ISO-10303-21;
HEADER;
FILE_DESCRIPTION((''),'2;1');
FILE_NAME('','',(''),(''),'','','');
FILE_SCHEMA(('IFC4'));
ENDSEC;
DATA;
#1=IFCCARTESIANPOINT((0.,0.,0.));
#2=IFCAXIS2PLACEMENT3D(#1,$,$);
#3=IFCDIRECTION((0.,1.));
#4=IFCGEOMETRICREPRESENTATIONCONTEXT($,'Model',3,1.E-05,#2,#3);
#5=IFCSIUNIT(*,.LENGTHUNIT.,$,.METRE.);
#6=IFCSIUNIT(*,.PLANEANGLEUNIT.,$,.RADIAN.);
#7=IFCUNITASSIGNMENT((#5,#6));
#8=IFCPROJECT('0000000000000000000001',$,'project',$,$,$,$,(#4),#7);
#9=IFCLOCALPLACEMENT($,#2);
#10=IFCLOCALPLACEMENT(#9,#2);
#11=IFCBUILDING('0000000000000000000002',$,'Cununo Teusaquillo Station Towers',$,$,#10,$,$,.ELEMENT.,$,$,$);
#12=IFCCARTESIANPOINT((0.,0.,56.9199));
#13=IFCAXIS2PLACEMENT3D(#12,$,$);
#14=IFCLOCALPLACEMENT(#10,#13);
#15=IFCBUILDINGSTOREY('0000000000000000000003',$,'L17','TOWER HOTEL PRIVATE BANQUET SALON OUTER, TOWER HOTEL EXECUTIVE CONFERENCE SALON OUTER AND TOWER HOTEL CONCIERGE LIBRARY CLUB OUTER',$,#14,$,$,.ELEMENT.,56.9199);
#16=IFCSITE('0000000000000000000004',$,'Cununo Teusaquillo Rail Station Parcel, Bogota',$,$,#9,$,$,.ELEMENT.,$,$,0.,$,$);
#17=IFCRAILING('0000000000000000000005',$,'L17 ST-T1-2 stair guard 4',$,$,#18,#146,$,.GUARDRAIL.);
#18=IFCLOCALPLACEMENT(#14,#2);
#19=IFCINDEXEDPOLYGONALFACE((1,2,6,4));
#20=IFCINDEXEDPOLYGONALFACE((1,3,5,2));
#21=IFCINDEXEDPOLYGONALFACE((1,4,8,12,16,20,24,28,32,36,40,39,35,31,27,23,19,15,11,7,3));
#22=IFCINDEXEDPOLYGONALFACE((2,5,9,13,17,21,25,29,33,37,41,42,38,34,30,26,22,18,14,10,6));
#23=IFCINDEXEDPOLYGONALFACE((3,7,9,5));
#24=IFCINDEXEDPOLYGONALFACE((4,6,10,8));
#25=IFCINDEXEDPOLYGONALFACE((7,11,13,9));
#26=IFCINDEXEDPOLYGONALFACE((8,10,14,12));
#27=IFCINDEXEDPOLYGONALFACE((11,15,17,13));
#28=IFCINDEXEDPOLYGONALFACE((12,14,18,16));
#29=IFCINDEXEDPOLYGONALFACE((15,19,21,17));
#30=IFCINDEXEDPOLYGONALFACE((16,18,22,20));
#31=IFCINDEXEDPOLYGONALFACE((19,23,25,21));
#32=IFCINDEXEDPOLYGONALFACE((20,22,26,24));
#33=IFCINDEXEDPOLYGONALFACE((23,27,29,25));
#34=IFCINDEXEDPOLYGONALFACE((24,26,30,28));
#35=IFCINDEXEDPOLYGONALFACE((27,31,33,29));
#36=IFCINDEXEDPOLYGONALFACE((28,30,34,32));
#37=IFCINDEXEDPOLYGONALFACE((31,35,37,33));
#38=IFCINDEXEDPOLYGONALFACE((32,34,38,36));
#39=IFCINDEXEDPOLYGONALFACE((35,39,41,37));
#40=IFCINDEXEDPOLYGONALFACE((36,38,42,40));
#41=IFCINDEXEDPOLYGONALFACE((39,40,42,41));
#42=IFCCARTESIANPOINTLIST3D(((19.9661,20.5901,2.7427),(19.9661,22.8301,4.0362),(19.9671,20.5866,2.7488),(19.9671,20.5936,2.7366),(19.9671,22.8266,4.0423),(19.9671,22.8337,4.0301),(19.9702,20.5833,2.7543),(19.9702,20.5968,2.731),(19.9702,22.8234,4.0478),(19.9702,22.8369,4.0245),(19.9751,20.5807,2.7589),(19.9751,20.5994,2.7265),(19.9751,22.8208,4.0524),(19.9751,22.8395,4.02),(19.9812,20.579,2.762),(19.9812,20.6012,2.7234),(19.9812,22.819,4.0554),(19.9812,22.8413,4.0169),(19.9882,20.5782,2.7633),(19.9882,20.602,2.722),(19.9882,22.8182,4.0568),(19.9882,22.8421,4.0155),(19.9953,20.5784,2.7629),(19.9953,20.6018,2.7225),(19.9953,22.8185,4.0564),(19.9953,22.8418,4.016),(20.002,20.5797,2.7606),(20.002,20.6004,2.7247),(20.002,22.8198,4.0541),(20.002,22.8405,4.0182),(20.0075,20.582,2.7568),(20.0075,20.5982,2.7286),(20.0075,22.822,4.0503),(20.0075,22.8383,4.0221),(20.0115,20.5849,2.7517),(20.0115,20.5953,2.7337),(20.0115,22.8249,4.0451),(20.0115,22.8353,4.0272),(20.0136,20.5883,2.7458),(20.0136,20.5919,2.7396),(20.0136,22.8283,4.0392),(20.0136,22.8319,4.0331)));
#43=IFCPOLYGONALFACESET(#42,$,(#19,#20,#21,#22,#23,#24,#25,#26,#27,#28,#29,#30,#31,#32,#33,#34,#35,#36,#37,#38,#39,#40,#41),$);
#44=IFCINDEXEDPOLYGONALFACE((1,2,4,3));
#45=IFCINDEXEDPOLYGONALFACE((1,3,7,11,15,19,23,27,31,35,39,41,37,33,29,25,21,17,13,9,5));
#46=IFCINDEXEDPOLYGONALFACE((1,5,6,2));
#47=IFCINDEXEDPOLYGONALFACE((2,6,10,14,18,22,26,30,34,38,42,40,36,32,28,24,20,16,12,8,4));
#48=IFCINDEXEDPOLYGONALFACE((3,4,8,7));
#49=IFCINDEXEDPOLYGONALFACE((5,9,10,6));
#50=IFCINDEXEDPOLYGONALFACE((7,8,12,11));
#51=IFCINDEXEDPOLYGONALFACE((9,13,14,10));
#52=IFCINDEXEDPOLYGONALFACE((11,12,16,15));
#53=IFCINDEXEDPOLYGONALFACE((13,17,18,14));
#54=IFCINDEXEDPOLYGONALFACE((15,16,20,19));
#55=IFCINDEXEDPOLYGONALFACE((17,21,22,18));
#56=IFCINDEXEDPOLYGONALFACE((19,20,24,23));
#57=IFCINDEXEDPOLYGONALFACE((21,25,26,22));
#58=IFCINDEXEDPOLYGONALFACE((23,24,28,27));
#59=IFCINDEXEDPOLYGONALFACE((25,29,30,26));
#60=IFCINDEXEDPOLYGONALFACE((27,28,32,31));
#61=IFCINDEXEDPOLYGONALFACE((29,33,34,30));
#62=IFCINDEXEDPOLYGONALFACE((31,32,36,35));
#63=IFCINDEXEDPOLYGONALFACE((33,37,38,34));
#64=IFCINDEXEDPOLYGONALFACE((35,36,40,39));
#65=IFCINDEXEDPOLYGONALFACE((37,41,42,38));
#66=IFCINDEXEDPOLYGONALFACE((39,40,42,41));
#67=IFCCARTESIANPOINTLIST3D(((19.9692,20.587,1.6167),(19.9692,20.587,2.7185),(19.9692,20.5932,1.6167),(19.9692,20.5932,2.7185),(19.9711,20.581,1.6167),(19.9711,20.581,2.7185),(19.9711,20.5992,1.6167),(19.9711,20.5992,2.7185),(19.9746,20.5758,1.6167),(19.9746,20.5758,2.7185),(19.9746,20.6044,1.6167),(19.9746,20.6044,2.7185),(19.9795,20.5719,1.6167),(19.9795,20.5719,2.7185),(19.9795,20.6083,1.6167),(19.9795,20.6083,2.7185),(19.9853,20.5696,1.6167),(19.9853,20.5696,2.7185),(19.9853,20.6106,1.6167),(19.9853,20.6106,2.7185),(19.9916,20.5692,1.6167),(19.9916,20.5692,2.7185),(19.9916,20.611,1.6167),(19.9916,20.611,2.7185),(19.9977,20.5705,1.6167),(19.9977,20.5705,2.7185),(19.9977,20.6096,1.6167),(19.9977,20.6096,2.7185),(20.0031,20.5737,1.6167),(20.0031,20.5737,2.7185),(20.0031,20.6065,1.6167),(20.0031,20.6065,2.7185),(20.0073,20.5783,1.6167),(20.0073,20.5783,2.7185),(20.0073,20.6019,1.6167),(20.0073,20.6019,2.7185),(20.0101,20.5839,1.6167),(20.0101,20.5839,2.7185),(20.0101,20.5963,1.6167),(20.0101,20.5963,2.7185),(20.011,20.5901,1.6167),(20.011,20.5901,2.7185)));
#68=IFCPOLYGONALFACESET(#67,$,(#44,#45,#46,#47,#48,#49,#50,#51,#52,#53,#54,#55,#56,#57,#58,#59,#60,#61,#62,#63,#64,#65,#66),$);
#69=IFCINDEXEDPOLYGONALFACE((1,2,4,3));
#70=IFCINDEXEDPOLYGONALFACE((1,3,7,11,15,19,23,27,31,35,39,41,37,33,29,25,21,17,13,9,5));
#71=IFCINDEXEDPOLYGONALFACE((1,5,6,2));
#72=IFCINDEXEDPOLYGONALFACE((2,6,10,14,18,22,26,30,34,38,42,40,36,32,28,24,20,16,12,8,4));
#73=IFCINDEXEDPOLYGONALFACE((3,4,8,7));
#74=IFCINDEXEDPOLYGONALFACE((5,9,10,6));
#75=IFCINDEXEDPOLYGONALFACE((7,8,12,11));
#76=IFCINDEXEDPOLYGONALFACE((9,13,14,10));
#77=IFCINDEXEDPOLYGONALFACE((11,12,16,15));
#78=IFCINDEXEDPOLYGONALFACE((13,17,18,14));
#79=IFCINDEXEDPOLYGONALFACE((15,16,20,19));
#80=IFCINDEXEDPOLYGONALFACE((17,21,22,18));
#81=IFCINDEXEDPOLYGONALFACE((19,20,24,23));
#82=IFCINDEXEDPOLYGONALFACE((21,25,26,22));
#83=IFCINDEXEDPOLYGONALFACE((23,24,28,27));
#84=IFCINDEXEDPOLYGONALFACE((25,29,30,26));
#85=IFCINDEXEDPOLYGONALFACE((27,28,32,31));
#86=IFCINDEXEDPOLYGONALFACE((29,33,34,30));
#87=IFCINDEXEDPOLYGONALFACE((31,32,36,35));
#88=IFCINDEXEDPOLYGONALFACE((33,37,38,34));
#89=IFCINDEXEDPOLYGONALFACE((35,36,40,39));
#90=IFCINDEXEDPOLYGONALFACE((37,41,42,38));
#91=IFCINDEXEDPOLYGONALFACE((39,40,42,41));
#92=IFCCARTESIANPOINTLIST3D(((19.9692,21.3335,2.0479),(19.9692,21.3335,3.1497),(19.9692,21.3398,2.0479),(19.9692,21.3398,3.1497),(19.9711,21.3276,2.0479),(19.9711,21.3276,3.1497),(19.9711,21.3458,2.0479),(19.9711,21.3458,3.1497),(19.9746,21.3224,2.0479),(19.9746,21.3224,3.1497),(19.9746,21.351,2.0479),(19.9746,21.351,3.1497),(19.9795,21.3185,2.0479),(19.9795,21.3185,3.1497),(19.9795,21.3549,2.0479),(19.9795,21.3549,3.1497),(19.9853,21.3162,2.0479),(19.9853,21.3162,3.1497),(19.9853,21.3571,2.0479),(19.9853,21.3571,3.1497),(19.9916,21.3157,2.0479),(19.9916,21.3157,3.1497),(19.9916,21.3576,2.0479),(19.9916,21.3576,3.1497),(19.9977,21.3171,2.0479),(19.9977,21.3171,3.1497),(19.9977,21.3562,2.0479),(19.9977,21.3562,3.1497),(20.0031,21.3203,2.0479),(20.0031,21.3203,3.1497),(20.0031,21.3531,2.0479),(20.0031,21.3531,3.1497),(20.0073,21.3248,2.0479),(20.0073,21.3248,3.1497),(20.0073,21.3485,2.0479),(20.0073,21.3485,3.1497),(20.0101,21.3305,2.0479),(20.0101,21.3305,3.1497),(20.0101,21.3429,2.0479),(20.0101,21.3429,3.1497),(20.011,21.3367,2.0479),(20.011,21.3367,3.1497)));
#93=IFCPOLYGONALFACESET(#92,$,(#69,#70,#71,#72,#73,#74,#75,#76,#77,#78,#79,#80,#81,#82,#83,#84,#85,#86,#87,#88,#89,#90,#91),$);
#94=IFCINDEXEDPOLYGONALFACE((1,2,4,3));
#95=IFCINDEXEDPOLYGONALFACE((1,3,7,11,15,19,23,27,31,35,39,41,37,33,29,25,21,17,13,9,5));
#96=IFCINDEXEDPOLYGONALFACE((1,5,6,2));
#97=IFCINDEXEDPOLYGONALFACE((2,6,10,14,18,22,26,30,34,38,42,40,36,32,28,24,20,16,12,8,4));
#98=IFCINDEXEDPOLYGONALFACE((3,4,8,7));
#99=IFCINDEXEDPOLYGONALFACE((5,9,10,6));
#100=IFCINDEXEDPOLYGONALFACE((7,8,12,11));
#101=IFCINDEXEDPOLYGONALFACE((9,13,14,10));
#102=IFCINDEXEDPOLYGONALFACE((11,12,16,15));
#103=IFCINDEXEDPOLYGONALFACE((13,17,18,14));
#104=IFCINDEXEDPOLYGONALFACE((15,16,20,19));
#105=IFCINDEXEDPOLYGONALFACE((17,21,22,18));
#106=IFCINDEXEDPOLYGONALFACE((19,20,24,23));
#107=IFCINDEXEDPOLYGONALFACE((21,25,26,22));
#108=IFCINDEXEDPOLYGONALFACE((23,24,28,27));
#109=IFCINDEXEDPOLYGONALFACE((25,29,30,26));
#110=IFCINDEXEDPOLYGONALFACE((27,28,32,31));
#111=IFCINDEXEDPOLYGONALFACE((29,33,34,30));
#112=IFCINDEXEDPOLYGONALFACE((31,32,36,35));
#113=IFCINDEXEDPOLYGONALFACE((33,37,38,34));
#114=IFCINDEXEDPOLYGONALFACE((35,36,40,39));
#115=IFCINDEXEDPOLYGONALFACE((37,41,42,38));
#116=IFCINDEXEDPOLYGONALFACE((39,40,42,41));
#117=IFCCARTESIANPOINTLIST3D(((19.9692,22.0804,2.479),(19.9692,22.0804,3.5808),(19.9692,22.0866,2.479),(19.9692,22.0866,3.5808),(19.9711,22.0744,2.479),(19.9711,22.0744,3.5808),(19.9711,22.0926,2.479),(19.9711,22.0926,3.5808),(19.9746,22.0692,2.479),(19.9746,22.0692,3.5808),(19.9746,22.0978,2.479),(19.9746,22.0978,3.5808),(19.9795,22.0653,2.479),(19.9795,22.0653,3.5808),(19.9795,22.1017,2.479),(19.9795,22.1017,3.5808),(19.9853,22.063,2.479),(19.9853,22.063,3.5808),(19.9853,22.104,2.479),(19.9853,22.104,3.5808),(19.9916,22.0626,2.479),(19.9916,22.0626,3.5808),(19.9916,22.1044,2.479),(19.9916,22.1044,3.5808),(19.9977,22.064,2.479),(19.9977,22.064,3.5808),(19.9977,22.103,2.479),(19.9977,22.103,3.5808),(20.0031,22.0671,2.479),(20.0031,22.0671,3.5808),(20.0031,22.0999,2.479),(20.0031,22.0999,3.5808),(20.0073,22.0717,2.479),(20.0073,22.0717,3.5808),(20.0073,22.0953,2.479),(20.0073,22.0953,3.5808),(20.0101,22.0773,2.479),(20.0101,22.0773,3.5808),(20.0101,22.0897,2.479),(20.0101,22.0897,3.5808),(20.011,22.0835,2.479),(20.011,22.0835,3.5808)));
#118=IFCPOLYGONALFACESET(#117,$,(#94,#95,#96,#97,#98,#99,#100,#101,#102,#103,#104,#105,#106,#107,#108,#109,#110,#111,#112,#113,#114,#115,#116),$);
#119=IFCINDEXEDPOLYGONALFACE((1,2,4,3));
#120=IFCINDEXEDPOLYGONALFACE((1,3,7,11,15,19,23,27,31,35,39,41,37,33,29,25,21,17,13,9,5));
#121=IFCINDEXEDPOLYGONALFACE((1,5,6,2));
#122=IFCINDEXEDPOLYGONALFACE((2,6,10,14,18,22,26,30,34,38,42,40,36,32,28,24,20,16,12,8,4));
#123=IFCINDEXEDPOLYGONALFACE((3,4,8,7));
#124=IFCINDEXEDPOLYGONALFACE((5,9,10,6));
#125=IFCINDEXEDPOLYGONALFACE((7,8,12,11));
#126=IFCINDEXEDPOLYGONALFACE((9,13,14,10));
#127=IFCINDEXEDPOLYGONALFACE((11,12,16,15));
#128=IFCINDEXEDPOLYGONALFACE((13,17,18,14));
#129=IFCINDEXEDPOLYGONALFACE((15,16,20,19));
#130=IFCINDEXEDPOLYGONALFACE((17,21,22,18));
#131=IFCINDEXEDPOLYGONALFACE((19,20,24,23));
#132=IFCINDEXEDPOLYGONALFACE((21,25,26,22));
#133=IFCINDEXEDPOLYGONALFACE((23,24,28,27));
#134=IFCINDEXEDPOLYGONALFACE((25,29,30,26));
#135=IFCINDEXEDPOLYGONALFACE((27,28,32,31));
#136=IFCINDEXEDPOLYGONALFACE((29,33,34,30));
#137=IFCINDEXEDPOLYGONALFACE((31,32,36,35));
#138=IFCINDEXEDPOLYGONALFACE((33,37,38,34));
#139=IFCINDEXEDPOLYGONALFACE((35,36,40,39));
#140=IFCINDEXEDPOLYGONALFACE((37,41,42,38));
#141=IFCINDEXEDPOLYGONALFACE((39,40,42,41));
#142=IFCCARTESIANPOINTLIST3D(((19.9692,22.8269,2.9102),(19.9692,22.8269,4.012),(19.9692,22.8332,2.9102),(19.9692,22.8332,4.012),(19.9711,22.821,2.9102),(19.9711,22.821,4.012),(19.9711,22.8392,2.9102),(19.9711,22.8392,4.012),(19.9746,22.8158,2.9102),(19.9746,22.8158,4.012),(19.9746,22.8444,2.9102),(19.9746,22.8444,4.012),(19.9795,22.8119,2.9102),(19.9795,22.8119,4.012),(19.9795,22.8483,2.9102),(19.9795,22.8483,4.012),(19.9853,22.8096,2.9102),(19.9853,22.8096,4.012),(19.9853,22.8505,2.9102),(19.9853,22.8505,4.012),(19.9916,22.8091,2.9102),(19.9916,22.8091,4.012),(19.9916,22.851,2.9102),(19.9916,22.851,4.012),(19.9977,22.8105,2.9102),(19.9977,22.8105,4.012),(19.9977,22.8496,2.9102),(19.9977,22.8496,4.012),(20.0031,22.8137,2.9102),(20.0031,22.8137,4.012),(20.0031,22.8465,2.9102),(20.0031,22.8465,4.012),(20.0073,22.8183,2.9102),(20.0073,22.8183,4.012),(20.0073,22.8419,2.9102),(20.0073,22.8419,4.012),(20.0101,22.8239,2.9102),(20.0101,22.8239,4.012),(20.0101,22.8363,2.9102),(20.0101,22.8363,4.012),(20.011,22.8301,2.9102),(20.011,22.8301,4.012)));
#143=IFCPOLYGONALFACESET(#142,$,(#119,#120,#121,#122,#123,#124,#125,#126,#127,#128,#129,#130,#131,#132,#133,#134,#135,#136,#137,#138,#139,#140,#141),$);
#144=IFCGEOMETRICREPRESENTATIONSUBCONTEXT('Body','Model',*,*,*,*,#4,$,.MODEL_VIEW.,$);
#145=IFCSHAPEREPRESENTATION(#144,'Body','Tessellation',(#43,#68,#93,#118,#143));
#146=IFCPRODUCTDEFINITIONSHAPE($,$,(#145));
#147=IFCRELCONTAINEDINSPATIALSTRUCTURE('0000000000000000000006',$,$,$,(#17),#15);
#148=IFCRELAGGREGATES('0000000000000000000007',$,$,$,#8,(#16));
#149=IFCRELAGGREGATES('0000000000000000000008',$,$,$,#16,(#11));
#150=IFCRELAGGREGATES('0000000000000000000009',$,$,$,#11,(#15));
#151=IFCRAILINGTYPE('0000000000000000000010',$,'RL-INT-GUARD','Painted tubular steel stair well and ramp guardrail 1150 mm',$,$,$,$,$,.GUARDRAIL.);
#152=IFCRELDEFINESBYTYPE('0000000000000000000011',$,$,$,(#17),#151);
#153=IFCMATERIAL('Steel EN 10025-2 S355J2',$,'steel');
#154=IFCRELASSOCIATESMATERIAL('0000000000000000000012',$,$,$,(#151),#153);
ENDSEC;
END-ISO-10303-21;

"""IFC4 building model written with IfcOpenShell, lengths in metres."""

from ifc_helpers import new_model, si_unit, direction, frame, origin, origin_2d, place, context, subcontext, project, spatial, circle, extrude, material, type_object, element, save


model = new_model("IFC4")

# Units and contexts
model_context = context("Model", 3, precision=1e-05, world=origin(), true_north=direction((0.0, 1.0)))
body_context = subcontext(model_context, "Body", "Model", "MODEL_VIEW")
ifc_project = project(units=[si_unit("LENGTHUNIT", "METRE"), si_unit("PLANEANGLEUNIT", "RADIAN")], contexts=[model_context])

# Site, building, storey
site_placement = place(None, origin())
site = spatial("IfcSite", under=ifc_project, at=site_placement, Name="Cununo Teusaquillo Rail Station Parcel, Bogota", CompositionType="ELEMENT", RefElevation=0.0)
building_placement = place(site_placement, origin())
building = spatial("IfcBuilding", under=site, at=building_placement, Name="Cununo Teusaquillo Station Towers", CompositionType="ELEMENT")
storey_placement = place(building_placement, frame((0.0, 0.0, 56.9199)))
storey = spatial("IfcBuildingStorey", under=building, at=storey_placement, Name="L17", Description="TOWER HOTEL PRIVATE BANQUET SALON OUTER, TOWER HOTEL EXECUTIVE CONFERENCE SALON OUTER AND TOWER HOTEL CONCIERGE LIBRARY CLUB OUTER", CompositionType="ELEMENT", Elevation=56.9199)

# Railing
ifc_material_1 = material(Name="Steel EN 10025-2 S355J2", Category="steel")
railing_type_1 = type_object("IfcRailingType", Name="RL-INT-GUARD", Description="Painted tubular steel stair well and ramp guardrail 1150 mm", PredefinedType="GUARDRAIL", material=ifc_material_1)
railing_1_placement = place(storey_placement, frame((19.99, 20.5901, 1.6167)))
element("IfcRailing", 1, at=railing_1_placement, inside=storey, type_object=railing_type_1, Name="L17 ST-T1-2 stair guard 4", PredefinedType="GUARDRAIL", context=body_context, shape_type="SweptSolid", body=[
    extrude(circle(Radius=0.0239, at=origin_2d()), frame((0.0, 0.0, 1.126), z_axis=(0.0, 0.865992, 0.500057), x_axis=(-1.0, 0.0, 0.0)), (0.0, 0.0, 1.0), 2.5867),
    extrude(circle(Radius=0.021, at=origin_2d()), origin(), (0.0, 0.0, 1.0), 1.1018),
    extrude(circle(Radius=0.021, at=origin_2d()), frame((0.0, 0.7466, 0.4312)), (0.0, 0.0, 1.0), 1.1018),
    extrude(circle(Radius=0.021, at=origin_2d()), frame((0.0, 1.4934, 0.8623)), (0.0, 0.0, 1.0), 1.1018),
    extrude(circle(Radius=0.021, at=origin_2d()), frame((0.0, 2.24, 1.2935)), (0.0, 0.0, 1.0), 1.1018),
])

save(model, "model.ifc")
